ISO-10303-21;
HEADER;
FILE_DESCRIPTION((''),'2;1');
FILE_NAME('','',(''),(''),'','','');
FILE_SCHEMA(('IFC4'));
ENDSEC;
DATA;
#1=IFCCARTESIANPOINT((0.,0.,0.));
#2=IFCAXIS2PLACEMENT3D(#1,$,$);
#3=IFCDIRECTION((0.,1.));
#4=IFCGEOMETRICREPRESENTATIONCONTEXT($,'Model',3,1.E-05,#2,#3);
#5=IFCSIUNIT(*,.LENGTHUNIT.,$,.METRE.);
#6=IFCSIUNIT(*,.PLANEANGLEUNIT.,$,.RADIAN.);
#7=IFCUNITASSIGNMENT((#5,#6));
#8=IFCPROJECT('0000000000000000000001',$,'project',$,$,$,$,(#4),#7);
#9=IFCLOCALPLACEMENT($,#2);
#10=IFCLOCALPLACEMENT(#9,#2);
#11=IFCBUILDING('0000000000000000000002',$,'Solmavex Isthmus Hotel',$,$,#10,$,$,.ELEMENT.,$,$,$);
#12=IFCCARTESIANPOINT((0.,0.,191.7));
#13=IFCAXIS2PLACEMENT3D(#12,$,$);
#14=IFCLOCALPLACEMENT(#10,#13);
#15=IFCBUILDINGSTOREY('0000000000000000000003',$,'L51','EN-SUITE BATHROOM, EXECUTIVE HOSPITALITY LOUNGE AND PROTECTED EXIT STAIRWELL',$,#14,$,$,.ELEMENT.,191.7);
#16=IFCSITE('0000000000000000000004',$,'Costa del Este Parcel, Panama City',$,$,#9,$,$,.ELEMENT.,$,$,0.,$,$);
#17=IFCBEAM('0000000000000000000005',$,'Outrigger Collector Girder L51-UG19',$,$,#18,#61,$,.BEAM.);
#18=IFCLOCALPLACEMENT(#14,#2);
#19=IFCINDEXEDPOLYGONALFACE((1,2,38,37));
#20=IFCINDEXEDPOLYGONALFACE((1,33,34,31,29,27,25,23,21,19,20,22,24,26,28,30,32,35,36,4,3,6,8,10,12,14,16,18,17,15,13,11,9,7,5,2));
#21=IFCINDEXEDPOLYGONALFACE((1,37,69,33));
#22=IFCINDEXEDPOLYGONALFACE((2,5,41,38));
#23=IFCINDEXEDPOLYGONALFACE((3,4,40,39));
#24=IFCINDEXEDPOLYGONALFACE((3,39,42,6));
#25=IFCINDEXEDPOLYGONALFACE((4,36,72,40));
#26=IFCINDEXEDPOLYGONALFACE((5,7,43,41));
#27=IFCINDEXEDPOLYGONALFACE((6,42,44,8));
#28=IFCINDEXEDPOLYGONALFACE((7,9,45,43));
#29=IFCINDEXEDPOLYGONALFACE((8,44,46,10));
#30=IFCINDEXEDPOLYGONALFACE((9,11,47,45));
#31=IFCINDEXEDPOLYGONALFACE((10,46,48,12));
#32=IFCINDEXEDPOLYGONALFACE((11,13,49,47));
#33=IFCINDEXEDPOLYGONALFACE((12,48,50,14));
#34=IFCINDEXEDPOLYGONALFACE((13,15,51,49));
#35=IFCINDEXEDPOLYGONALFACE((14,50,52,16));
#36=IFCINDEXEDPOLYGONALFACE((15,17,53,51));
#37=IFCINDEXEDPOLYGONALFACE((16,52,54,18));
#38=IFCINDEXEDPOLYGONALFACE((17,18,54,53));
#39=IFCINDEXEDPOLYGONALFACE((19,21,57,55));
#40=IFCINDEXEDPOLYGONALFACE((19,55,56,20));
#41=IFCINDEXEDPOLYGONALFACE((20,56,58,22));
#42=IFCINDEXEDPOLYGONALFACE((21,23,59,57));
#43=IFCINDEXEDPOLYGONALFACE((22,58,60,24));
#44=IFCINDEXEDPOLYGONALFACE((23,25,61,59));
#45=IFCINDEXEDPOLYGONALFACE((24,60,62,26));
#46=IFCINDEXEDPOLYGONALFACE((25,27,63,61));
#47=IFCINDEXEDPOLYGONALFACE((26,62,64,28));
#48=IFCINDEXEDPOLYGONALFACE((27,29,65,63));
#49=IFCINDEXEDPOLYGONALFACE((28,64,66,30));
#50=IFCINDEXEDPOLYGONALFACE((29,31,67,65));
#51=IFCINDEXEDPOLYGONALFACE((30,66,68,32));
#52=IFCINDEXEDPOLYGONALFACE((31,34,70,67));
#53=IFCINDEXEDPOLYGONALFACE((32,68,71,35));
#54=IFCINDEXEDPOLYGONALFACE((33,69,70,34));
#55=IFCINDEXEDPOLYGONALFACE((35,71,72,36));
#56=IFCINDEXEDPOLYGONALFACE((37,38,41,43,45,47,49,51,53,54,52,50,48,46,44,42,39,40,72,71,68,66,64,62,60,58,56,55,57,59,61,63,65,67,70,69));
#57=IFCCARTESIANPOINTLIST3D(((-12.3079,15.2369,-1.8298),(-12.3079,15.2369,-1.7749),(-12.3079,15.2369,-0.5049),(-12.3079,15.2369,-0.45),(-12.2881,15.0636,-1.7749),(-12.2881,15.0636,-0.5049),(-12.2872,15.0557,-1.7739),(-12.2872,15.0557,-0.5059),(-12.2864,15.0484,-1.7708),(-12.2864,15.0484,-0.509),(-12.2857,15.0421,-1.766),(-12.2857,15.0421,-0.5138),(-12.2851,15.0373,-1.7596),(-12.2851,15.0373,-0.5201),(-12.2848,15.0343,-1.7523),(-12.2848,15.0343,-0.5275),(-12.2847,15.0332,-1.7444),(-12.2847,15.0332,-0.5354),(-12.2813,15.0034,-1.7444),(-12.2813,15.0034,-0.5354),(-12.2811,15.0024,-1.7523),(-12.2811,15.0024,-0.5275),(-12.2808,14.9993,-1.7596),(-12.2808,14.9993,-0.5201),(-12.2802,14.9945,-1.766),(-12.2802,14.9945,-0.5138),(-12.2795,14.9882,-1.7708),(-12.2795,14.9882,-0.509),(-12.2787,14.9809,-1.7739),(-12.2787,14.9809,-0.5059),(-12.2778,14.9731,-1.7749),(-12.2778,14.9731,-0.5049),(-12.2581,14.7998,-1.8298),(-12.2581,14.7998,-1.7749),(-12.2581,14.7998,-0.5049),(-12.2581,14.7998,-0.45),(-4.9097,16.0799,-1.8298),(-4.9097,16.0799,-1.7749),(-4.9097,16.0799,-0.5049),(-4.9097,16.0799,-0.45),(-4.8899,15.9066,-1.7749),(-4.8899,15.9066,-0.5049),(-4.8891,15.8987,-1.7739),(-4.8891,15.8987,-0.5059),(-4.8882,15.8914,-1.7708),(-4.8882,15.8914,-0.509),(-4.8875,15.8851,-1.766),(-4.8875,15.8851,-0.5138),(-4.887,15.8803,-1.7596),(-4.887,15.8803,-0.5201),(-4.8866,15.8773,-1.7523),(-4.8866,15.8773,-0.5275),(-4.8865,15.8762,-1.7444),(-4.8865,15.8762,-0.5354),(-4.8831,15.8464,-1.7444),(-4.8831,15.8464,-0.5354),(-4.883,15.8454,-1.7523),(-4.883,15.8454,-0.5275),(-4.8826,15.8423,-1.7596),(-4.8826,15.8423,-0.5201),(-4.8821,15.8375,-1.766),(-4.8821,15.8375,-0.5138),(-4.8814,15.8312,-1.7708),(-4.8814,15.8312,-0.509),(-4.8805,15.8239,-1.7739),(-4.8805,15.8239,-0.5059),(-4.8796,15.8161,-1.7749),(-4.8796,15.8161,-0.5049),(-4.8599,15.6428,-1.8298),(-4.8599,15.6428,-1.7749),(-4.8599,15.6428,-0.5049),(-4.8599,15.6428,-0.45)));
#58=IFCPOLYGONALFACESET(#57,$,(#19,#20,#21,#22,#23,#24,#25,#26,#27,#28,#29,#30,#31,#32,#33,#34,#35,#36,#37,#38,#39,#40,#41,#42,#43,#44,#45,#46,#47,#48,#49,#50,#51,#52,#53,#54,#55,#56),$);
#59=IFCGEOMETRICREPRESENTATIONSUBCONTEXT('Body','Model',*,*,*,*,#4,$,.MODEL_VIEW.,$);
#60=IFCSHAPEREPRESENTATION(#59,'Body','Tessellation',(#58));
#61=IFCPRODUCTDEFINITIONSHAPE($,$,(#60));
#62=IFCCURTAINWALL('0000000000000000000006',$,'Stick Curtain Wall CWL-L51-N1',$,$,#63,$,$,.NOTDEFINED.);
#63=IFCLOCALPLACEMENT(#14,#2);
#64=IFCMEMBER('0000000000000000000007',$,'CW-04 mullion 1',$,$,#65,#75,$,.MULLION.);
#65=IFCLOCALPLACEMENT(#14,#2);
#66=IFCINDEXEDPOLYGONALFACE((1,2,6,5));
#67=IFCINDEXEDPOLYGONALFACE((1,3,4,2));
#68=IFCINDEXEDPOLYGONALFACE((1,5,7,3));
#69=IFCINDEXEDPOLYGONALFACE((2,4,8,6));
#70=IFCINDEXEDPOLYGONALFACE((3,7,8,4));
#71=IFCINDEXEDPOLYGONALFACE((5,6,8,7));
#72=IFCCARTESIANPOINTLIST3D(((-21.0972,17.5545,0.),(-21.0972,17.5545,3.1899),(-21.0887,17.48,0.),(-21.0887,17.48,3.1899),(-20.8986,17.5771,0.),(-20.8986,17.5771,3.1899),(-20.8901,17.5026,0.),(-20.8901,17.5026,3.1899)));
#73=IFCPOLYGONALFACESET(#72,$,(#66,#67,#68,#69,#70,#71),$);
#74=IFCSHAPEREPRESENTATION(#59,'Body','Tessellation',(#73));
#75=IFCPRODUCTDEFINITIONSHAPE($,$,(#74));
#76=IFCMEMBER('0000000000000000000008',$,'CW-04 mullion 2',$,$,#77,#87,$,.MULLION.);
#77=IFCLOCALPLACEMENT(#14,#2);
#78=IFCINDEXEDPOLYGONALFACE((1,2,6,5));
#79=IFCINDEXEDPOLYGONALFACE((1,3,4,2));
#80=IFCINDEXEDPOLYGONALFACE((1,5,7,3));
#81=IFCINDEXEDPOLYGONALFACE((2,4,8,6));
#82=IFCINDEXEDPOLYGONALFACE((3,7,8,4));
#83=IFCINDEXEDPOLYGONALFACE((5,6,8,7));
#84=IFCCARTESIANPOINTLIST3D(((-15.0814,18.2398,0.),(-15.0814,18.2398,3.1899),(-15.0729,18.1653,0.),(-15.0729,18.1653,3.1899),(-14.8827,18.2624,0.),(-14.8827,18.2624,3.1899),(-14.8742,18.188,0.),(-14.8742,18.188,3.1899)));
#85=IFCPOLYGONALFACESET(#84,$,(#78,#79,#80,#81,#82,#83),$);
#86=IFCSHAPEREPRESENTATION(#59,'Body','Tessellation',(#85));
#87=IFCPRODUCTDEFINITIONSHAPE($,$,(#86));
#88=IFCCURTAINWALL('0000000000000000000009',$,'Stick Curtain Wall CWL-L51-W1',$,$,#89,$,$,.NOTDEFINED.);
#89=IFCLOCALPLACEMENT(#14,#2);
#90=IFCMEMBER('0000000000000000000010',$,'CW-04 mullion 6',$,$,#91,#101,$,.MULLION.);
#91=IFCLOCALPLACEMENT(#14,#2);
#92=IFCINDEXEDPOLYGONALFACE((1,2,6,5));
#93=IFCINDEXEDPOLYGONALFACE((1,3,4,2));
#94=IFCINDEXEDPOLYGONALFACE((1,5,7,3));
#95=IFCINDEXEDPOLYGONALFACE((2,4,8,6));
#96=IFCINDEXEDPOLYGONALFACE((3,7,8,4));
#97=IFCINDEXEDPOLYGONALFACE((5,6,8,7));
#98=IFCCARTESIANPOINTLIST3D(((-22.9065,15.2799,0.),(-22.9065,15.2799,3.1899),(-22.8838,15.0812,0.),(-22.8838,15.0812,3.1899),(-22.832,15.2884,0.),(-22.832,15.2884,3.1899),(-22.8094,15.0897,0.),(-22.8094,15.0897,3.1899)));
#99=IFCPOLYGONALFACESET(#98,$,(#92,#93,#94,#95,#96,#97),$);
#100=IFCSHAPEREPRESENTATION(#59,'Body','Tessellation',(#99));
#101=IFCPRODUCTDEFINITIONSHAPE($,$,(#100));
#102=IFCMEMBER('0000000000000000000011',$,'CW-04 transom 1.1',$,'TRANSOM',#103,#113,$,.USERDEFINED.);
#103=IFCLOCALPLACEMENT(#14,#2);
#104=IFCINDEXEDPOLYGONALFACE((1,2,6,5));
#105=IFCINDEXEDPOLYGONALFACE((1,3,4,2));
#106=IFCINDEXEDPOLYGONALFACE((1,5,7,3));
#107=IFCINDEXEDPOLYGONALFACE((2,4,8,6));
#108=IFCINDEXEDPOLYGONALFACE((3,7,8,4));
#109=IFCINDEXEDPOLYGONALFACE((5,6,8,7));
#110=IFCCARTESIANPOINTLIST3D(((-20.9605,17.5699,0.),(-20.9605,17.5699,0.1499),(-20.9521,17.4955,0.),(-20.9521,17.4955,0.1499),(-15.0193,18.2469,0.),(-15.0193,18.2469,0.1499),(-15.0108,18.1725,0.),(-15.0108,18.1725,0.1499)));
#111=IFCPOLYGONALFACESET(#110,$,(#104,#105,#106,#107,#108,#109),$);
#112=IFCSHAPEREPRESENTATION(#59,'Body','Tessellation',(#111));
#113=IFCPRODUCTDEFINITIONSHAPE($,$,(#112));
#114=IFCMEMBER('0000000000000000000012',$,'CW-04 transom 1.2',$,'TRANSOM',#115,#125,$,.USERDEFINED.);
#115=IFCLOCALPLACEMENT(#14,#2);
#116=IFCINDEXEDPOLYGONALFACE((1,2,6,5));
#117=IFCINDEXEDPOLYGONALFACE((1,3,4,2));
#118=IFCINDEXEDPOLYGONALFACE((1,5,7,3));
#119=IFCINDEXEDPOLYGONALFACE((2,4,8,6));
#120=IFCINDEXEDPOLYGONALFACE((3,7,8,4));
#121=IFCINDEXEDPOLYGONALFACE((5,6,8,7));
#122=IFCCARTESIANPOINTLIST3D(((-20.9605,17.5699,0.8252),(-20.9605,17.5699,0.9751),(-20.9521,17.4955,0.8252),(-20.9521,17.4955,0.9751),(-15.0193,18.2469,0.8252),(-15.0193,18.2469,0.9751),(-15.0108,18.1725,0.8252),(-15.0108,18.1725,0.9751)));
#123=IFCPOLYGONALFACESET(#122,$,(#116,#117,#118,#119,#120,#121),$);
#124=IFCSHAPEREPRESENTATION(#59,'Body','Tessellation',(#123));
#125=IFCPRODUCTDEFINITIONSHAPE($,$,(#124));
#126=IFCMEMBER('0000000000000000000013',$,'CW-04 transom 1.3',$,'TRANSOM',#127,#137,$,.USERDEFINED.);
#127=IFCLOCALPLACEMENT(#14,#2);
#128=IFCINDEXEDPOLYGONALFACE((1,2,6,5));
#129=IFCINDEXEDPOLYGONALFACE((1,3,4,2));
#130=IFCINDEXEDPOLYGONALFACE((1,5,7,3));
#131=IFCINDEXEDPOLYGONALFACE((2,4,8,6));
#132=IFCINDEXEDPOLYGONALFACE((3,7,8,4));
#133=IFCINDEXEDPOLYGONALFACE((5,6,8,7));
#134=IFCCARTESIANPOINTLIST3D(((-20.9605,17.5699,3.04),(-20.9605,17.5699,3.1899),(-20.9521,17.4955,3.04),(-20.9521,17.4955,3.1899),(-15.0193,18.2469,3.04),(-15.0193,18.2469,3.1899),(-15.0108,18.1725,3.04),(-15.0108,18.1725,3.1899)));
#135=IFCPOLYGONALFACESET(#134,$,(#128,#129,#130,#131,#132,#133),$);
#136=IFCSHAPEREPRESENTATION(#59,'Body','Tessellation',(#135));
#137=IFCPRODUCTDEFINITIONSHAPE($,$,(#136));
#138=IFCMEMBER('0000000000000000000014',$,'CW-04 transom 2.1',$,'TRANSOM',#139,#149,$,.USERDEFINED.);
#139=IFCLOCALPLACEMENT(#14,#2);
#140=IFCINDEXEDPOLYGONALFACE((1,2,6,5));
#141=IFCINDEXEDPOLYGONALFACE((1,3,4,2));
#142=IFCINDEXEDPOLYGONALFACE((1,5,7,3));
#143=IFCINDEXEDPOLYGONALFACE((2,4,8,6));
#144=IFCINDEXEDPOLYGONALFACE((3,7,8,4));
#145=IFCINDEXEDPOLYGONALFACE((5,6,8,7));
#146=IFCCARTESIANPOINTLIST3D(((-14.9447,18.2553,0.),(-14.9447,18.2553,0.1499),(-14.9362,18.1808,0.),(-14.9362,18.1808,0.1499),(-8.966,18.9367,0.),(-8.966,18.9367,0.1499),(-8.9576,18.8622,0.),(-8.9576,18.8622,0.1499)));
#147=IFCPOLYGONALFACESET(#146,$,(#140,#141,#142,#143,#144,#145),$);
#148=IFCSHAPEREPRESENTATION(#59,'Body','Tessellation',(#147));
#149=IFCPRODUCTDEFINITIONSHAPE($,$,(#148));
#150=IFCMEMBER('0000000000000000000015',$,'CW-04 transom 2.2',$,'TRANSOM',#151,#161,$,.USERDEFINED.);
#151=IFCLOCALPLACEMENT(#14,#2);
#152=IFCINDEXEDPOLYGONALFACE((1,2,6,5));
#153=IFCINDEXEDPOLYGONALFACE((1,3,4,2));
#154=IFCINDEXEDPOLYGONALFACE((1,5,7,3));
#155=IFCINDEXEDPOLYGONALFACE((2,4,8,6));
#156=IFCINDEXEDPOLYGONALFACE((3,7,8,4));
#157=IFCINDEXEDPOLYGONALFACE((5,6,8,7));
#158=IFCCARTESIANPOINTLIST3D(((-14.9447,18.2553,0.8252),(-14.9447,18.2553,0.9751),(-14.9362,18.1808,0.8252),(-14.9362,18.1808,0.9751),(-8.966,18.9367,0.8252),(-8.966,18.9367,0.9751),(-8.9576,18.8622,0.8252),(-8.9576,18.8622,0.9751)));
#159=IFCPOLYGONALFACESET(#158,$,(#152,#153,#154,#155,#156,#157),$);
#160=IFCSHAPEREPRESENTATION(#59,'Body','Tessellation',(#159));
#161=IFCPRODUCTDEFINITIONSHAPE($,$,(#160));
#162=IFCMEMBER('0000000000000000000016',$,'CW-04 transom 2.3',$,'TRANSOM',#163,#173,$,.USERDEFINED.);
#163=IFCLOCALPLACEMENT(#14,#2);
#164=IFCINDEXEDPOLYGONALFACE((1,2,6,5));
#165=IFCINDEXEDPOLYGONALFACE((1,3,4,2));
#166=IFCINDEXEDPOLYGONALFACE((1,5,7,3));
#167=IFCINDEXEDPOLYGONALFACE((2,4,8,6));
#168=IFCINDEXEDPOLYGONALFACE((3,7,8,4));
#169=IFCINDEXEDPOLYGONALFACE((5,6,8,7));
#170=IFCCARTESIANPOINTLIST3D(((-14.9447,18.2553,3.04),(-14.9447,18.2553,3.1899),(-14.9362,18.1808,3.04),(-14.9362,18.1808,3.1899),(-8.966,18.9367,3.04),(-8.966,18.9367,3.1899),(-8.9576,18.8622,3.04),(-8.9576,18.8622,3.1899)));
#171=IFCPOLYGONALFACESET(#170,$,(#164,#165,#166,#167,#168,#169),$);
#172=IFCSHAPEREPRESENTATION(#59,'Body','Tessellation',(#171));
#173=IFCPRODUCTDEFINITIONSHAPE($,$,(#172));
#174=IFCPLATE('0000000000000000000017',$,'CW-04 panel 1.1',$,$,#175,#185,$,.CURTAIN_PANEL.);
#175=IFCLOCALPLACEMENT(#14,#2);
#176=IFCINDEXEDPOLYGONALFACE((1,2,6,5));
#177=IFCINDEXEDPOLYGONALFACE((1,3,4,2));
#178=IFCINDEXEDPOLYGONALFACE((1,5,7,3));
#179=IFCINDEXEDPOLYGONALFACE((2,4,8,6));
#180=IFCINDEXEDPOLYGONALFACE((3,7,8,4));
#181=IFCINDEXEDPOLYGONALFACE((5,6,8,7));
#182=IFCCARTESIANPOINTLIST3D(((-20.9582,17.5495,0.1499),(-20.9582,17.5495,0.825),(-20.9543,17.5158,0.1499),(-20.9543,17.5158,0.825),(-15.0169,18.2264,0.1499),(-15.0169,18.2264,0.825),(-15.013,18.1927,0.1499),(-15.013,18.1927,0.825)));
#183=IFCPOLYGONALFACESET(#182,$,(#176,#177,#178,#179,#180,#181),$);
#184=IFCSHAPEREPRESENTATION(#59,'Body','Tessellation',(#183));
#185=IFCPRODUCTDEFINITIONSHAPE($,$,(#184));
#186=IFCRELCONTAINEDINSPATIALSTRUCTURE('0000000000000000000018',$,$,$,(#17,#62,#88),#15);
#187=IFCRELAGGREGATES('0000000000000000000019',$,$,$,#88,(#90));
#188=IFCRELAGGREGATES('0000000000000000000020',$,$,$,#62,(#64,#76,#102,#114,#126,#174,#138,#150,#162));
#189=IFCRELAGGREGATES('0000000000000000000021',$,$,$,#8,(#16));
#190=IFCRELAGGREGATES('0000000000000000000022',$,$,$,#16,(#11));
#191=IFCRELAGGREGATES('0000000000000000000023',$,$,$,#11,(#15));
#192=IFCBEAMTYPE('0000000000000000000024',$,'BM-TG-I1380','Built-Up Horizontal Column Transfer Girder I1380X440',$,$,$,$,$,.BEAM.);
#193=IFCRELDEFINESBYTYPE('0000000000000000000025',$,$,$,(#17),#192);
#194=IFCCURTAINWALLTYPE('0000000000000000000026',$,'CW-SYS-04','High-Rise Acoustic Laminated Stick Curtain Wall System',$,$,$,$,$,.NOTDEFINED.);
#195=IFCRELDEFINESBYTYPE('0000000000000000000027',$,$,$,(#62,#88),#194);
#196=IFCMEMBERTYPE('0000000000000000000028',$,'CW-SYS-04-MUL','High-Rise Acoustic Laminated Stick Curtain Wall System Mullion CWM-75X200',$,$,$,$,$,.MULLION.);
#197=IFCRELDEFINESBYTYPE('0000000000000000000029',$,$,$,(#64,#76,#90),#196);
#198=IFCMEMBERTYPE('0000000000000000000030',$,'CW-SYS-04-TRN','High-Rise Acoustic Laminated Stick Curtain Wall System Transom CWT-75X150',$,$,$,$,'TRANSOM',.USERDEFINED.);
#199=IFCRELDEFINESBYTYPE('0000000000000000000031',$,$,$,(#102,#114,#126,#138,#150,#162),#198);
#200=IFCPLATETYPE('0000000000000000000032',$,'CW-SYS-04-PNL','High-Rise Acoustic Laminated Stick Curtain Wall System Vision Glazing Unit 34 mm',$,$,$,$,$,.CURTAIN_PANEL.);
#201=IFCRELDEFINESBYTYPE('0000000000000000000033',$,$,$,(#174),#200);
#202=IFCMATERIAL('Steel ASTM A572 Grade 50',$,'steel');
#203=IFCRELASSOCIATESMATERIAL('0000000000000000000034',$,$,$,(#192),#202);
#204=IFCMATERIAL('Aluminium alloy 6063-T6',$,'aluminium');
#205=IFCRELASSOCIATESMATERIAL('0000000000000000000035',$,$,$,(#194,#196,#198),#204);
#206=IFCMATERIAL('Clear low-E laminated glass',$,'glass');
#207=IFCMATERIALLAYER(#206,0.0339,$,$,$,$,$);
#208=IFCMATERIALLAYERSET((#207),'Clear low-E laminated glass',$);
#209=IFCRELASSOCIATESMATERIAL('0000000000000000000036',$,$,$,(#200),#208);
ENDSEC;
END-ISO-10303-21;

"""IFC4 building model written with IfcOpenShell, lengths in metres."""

from ifc_helpers import new_model, si_unit, direction, frame, origin, origin_2d, place, context, subcontext, project, spatial, rectangle, i_section, extrude, material, layer, layer_set, material_profile, profile_set, type_object, element, aggregate, save


model = new_model("IFC4")

# Units and contexts
model_context = context("Model", 3, precision=1e-05, world=origin(), true_north=direction((0.0, 1.0)))
body_context = subcontext(model_context, "Body", "Model", "MODEL_VIEW")
ifc_project = project(units=[si_unit("LENGTHUNIT", "METRE"), si_unit("PLANEANGLEUNIT", "RADIAN")], contexts=[model_context])

# Site, building, storey
site_placement = place(None, origin())
site = spatial("IfcSite", under=ifc_project, at=site_placement, Name="Costa del Este Parcel, Panama City", CompositionType="ELEMENT", RefElevation=0.0)
building_placement = place(site_placement, origin())
building = spatial("IfcBuilding", under=site, at=building_placement, Name="Solmavex Isthmus Hotel", CompositionType="ELEMENT")
storey_placement = place(building_placement, frame((0.0, 0.0, 191.7)))
storey = spatial("IfcBuildingStorey", under=building, at=storey_placement, Name="L51", Description="EN-SUITE BATHROOM, EXECUTIVE HOSPITALITY LOUNGE AND PROTECTED EXIT STAIRWELL", CompositionType="ELEMENT", Elevation=191.7)

# Beam
ifc_material_1 = material(Name="Steel ASTM A572 Grade 50", Category="steel")
ifc_material_profile_1 = material_profile(ifc_material_1, i_section(OverallWidth=0.4399, OverallDepth=1.3799, WebThickness=0.03, FlangeThickness=0.0549, FilletRadius=0.0305, at=origin_2d()), Name="I1380X440")
ifc_profile_set_1 = profile_set([ifc_material_profile_1], Name="Steel ASTM A572 Grade 50")
beam_type_1 = type_object("IfcBeamType", Name="BM-TG-I1380", Description="Built-Up Horizontal Column Transfer Girder I1380X440", PredefinedType="BEAM", material=ifc_profile_set_1)
beam_1_placement = place(storey_placement, frame((-12.283, 15.0183, -1.1399), z_axis=(0.99357, 0.113216, 0.0), x_axis=(-0.113216, 0.99357, 0.0)))
element("IfcBeam", 1, at=beam_1_placement, inside=storey, type_object=beam_type_1, Name="Outrigger Collector Girder L51-UG19", PredefinedType="BEAM", context=body_context, shape_type="SweptSolid", body=[
    extrude(i_section(OverallWidth=0.4399, OverallDepth=1.3799, WebThickness=0.03, FlangeThickness=0.0549, FilletRadius=0.0305, at=origin_2d()), origin(), (0.0, 0.0, 1.0), 7.446),
])

# Curtain wall, members
ifc_material_2 = material(Name="Aluminium alloy 6063-T6", Category="aluminium")
curtain_wall_type = type_object("IfcCurtainWallType", Name="CW-SYS-04", Description="High-Rise Acoustic Laminated Stick Curtain Wall System", PredefinedType="NOTDEFINED", material=ifc_material_2)
curtain_wall_1_placement = place(storey_placement, origin())
curtain_wall_1 = element("IfcCurtainWall", 2, at=curtain_wall_1_placement, inside=storey, type_object=curtain_wall_type, Name="Stick Curtain Wall CWL-L51-N1", PredefinedType="NOTDEFINED")
ifc_material_profile_2 = material_profile(ifc_material_2, rectangle(XDim=0.075, YDim=0.2, at=origin_2d()), Name="CWM-75X200")
ifc_profile_set_2 = profile_set([ifc_material_profile_2], Name="Aluminium alloy 6063-T6")
member_type_1 = type_object("IfcMemberType", Name="CW-SYS-04-MUL", Description="High-Rise Acoustic Laminated Stick Curtain Wall System Mullion CWM-75X200", PredefinedType="MULLION", material=ifc_profile_set_2)
member_1_placement = place(storey_placement, frame((-20.9937, 17.5286, 0.0), z_axis=(0.0, 0.0, 1.0), x_axis=(-0.113203, 0.993572, 0.0)))
member_1 = element("IfcMember", 3, at=member_1_placement, type_object=member_type_1, Name="CW-04 mullion 1", PredefinedType="MULLION", context=body_context, shape_type="SweptSolid", body=[
    extrude(rectangle(XDim=0.075, YDim=0.2, at=origin_2d()), origin(), (0.0, 0.0, 1.0), 3.1899),
])
member_2_placement = place(storey_placement, frame((-14.9778, 18.2139, 0.0), z_axis=(0.0, 0.0, 1.0), x_axis=(-0.113203, 0.993572, 0.0)))
member_2 = element("IfcMember", 4, at=member_2_placement, type_object=member_type_1, Name="CW-04 mullion 2", PredefinedType="MULLION", context=body_context, shape_type="SweptSolid", body=[
    extrude(rectangle(XDim=0.075, YDim=0.2, at=origin_2d()), origin(), (0.0, 0.0, 1.0), 3.1899),
])

# Curtain wall, member
curtain_wall_2_placement = place(storey_placement, origin())
curtain_wall_2 = element("IfcCurtainWall", 5, at=curtain_wall_2_placement, inside=storey, type_object=curtain_wall_type, Name="Stick Curtain Wall CWL-L51-W1", PredefinedType="NOTDEFINED")
member_3_placement = place(storey_placement, frame((-22.8579, 15.1848, 0.0), z_axis=(0.0, 0.0, 1.0), x_axis=(-0.993572, -0.113203, 0.0)))
member_3 = element("IfcMember", 6, at=member_3_placement, type_object=member_type_1, Name="CW-04 mullion 6", PredefinedType="MULLION", context=body_context, shape_type="SweptSolid", body=[
    extrude(rectangle(XDim=0.075, YDim=0.2, at=origin_2d()), origin(), (0.0, 0.0, 1.0), 3.1899),
])
aggregate(curtain_wall_2, [member_3])

# Members
ifc_material_profile_3 = material_profile(ifc_material_2, rectangle(XDim=0.075, YDim=0.1499, at=origin_2d()), Name="CWT-75X150")
ifc_profile_set_3 = profile_set([ifc_material_profile_3], Name="Aluminium alloy 6063-T6")
member_type_2 = type_object("IfcMemberType", Name="CW-SYS-04-TRN", Description="High-Rise Acoustic Laminated Stick Curtain Wall System Transom CWT-75X150", ElementType="TRANSOM", PredefinedType="USERDEFINED", material=ifc_profile_set_3)
member_4_placement = place(storey_placement, frame((-20.9563, 17.5327, 0.075), z_axis=(0.993571, 0.113214, 0.0), x_axis=(-0.113214, 0.993571, 0.0)))
member_4 = element("IfcMember", 7, at=member_4_placement, type_object=member_type_2, Name="CW-04 transom 1.1", ObjectType="TRANSOM", PredefinedType="USERDEFINED", context=body_context, shape_type="SweptSolid", body=[
    extrude(rectangle(XDim=0.075, YDim=0.1499, at=origin_2d()), origin(), (0.0, 0.0, 1.0), 5.9797),
])
member_5_placement = place(storey_placement, frame((-20.9563, 17.5327, 0.9001), z_axis=(0.993571, 0.113214, 0.0), x_axis=(-0.113214, 0.993571, 0.0)))
member_5 = element("IfcMember", 8, at=member_5_placement, type_object=member_type_2, Name="CW-04 transom 1.2", ObjectType="TRANSOM", PredefinedType="USERDEFINED", context=body_context, shape_type="SweptSolid", body=[
    extrude(rectangle(XDim=0.075, YDim=0.1499, at=origin_2d()), origin(), (0.0, 0.0, 1.0), 5.9797),
])
member_6_placement = place(storey_placement, frame((-20.9563, 17.5327, 3.115), z_axis=(0.993571, 0.113214, 0.0), x_axis=(-0.113214, 0.993571, 0.0)))
member_6 = element("IfcMember", 9, at=member_6_placement, type_object=member_type_2, Name="CW-04 transom 1.3", ObjectType="TRANSOM", PredefinedType="USERDEFINED", context=body_context, shape_type="SweptSolid", body=[
    extrude(rectangle(XDim=0.075, YDim=0.1499, at=origin_2d()), origin(), (0.0, 0.0, 1.0), 5.9797),
])
member_7_placement = place(storey_placement, frame((-14.9404, 18.218, 0.075), z_axis=(0.993568, 0.113241, 0.0), x_axis=(-0.113241, 0.993568, 0.0)))
member_7 = element("IfcMember", 10, at=member_7_placement, type_object=member_type_2, Name="CW-04 transom 2.1", ObjectType="TRANSOM", PredefinedType="USERDEFINED", context=body_context, shape_type="SweptSolid", body=[
    extrude(rectangle(XDim=0.075, YDim=0.1499, at=origin_2d()), origin(), (0.0, 0.0, 1.0), 6.0173),
])
member_8_placement = place(storey_placement, frame((-14.9404, 18.218, 0.9001), z_axis=(0.993568, 0.113241, 0.0), x_axis=(-0.113241, 0.993568, 0.0)))
member_8 = element("IfcMember", 11, at=member_8_placement, type_object=member_type_2, Name="CW-04 transom 2.2", ObjectType="TRANSOM", PredefinedType="USERDEFINED", context=body_context, shape_type="SweptSolid", body=[
    extrude(rectangle(XDim=0.075, YDim=0.1499, at=origin_2d()), origin(), (0.0, 0.0, 1.0), 6.0173),
])
member_9_placement = place(storey_placement, frame((-14.9404, 18.218, 3.115), z_axis=(0.993568, 0.113241, 0.0), x_axis=(-0.113241, 0.993568, 0.0)))
member_9 = element("IfcMember", 12, at=member_9_placement, type_object=member_type_2, Name="CW-04 transom 2.3", ObjectType="TRANSOM", PredefinedType="USERDEFINED", context=body_context, shape_type="SweptSolid", body=[
    extrude(rectangle(XDim=0.075, YDim=0.1499, at=origin_2d()), origin(), (0.0, 0.0, 1.0), 6.0173),
])

# Plate
ifc_material_3 = material(Name="Clear low-E laminated glass", Category="glass")
ifc_layer_1 = layer(ifc_material_3, 0.0339)
ifc_layer_set_1 = layer_set([ifc_layer_1], Name="Clear low-E laminated glass")
plate_type = type_object("IfcPlateType", Name="CW-SYS-04-PNL", Description="High-Rise Acoustic Laminated Stick Curtain Wall System Vision Glazing Unit 34 mm", PredefinedType="CURTAIN_PANEL", material=ifc_layer_set_1)
plate_1_placement = place(storey_placement, frame((-17.9856, 17.8711, 0.1499), z_axis=(0.0, 0.0, 1.0), x_axis=(0.993572, 0.113203, 0.0)))
plate_1 = element("IfcPlate", 13, at=plate_1_placement, type_object=plate_type, Name="CW-04 panel 1.1", PredefinedType="CURTAIN_PANEL", context=body_context, shape_type="SweptSolid", body=[
    extrude(rectangle(XDim=5.9797, YDim=0.0339, at=origin_2d()), origin(), (0.0, 0.0, 1.0), 0.675),
])
aggregate(curtain_wall_1, [member_1, member_2, member_4, member_5, member_6, plate_1, member_7, member_8, member_9])

save(model, "model.ifc")
